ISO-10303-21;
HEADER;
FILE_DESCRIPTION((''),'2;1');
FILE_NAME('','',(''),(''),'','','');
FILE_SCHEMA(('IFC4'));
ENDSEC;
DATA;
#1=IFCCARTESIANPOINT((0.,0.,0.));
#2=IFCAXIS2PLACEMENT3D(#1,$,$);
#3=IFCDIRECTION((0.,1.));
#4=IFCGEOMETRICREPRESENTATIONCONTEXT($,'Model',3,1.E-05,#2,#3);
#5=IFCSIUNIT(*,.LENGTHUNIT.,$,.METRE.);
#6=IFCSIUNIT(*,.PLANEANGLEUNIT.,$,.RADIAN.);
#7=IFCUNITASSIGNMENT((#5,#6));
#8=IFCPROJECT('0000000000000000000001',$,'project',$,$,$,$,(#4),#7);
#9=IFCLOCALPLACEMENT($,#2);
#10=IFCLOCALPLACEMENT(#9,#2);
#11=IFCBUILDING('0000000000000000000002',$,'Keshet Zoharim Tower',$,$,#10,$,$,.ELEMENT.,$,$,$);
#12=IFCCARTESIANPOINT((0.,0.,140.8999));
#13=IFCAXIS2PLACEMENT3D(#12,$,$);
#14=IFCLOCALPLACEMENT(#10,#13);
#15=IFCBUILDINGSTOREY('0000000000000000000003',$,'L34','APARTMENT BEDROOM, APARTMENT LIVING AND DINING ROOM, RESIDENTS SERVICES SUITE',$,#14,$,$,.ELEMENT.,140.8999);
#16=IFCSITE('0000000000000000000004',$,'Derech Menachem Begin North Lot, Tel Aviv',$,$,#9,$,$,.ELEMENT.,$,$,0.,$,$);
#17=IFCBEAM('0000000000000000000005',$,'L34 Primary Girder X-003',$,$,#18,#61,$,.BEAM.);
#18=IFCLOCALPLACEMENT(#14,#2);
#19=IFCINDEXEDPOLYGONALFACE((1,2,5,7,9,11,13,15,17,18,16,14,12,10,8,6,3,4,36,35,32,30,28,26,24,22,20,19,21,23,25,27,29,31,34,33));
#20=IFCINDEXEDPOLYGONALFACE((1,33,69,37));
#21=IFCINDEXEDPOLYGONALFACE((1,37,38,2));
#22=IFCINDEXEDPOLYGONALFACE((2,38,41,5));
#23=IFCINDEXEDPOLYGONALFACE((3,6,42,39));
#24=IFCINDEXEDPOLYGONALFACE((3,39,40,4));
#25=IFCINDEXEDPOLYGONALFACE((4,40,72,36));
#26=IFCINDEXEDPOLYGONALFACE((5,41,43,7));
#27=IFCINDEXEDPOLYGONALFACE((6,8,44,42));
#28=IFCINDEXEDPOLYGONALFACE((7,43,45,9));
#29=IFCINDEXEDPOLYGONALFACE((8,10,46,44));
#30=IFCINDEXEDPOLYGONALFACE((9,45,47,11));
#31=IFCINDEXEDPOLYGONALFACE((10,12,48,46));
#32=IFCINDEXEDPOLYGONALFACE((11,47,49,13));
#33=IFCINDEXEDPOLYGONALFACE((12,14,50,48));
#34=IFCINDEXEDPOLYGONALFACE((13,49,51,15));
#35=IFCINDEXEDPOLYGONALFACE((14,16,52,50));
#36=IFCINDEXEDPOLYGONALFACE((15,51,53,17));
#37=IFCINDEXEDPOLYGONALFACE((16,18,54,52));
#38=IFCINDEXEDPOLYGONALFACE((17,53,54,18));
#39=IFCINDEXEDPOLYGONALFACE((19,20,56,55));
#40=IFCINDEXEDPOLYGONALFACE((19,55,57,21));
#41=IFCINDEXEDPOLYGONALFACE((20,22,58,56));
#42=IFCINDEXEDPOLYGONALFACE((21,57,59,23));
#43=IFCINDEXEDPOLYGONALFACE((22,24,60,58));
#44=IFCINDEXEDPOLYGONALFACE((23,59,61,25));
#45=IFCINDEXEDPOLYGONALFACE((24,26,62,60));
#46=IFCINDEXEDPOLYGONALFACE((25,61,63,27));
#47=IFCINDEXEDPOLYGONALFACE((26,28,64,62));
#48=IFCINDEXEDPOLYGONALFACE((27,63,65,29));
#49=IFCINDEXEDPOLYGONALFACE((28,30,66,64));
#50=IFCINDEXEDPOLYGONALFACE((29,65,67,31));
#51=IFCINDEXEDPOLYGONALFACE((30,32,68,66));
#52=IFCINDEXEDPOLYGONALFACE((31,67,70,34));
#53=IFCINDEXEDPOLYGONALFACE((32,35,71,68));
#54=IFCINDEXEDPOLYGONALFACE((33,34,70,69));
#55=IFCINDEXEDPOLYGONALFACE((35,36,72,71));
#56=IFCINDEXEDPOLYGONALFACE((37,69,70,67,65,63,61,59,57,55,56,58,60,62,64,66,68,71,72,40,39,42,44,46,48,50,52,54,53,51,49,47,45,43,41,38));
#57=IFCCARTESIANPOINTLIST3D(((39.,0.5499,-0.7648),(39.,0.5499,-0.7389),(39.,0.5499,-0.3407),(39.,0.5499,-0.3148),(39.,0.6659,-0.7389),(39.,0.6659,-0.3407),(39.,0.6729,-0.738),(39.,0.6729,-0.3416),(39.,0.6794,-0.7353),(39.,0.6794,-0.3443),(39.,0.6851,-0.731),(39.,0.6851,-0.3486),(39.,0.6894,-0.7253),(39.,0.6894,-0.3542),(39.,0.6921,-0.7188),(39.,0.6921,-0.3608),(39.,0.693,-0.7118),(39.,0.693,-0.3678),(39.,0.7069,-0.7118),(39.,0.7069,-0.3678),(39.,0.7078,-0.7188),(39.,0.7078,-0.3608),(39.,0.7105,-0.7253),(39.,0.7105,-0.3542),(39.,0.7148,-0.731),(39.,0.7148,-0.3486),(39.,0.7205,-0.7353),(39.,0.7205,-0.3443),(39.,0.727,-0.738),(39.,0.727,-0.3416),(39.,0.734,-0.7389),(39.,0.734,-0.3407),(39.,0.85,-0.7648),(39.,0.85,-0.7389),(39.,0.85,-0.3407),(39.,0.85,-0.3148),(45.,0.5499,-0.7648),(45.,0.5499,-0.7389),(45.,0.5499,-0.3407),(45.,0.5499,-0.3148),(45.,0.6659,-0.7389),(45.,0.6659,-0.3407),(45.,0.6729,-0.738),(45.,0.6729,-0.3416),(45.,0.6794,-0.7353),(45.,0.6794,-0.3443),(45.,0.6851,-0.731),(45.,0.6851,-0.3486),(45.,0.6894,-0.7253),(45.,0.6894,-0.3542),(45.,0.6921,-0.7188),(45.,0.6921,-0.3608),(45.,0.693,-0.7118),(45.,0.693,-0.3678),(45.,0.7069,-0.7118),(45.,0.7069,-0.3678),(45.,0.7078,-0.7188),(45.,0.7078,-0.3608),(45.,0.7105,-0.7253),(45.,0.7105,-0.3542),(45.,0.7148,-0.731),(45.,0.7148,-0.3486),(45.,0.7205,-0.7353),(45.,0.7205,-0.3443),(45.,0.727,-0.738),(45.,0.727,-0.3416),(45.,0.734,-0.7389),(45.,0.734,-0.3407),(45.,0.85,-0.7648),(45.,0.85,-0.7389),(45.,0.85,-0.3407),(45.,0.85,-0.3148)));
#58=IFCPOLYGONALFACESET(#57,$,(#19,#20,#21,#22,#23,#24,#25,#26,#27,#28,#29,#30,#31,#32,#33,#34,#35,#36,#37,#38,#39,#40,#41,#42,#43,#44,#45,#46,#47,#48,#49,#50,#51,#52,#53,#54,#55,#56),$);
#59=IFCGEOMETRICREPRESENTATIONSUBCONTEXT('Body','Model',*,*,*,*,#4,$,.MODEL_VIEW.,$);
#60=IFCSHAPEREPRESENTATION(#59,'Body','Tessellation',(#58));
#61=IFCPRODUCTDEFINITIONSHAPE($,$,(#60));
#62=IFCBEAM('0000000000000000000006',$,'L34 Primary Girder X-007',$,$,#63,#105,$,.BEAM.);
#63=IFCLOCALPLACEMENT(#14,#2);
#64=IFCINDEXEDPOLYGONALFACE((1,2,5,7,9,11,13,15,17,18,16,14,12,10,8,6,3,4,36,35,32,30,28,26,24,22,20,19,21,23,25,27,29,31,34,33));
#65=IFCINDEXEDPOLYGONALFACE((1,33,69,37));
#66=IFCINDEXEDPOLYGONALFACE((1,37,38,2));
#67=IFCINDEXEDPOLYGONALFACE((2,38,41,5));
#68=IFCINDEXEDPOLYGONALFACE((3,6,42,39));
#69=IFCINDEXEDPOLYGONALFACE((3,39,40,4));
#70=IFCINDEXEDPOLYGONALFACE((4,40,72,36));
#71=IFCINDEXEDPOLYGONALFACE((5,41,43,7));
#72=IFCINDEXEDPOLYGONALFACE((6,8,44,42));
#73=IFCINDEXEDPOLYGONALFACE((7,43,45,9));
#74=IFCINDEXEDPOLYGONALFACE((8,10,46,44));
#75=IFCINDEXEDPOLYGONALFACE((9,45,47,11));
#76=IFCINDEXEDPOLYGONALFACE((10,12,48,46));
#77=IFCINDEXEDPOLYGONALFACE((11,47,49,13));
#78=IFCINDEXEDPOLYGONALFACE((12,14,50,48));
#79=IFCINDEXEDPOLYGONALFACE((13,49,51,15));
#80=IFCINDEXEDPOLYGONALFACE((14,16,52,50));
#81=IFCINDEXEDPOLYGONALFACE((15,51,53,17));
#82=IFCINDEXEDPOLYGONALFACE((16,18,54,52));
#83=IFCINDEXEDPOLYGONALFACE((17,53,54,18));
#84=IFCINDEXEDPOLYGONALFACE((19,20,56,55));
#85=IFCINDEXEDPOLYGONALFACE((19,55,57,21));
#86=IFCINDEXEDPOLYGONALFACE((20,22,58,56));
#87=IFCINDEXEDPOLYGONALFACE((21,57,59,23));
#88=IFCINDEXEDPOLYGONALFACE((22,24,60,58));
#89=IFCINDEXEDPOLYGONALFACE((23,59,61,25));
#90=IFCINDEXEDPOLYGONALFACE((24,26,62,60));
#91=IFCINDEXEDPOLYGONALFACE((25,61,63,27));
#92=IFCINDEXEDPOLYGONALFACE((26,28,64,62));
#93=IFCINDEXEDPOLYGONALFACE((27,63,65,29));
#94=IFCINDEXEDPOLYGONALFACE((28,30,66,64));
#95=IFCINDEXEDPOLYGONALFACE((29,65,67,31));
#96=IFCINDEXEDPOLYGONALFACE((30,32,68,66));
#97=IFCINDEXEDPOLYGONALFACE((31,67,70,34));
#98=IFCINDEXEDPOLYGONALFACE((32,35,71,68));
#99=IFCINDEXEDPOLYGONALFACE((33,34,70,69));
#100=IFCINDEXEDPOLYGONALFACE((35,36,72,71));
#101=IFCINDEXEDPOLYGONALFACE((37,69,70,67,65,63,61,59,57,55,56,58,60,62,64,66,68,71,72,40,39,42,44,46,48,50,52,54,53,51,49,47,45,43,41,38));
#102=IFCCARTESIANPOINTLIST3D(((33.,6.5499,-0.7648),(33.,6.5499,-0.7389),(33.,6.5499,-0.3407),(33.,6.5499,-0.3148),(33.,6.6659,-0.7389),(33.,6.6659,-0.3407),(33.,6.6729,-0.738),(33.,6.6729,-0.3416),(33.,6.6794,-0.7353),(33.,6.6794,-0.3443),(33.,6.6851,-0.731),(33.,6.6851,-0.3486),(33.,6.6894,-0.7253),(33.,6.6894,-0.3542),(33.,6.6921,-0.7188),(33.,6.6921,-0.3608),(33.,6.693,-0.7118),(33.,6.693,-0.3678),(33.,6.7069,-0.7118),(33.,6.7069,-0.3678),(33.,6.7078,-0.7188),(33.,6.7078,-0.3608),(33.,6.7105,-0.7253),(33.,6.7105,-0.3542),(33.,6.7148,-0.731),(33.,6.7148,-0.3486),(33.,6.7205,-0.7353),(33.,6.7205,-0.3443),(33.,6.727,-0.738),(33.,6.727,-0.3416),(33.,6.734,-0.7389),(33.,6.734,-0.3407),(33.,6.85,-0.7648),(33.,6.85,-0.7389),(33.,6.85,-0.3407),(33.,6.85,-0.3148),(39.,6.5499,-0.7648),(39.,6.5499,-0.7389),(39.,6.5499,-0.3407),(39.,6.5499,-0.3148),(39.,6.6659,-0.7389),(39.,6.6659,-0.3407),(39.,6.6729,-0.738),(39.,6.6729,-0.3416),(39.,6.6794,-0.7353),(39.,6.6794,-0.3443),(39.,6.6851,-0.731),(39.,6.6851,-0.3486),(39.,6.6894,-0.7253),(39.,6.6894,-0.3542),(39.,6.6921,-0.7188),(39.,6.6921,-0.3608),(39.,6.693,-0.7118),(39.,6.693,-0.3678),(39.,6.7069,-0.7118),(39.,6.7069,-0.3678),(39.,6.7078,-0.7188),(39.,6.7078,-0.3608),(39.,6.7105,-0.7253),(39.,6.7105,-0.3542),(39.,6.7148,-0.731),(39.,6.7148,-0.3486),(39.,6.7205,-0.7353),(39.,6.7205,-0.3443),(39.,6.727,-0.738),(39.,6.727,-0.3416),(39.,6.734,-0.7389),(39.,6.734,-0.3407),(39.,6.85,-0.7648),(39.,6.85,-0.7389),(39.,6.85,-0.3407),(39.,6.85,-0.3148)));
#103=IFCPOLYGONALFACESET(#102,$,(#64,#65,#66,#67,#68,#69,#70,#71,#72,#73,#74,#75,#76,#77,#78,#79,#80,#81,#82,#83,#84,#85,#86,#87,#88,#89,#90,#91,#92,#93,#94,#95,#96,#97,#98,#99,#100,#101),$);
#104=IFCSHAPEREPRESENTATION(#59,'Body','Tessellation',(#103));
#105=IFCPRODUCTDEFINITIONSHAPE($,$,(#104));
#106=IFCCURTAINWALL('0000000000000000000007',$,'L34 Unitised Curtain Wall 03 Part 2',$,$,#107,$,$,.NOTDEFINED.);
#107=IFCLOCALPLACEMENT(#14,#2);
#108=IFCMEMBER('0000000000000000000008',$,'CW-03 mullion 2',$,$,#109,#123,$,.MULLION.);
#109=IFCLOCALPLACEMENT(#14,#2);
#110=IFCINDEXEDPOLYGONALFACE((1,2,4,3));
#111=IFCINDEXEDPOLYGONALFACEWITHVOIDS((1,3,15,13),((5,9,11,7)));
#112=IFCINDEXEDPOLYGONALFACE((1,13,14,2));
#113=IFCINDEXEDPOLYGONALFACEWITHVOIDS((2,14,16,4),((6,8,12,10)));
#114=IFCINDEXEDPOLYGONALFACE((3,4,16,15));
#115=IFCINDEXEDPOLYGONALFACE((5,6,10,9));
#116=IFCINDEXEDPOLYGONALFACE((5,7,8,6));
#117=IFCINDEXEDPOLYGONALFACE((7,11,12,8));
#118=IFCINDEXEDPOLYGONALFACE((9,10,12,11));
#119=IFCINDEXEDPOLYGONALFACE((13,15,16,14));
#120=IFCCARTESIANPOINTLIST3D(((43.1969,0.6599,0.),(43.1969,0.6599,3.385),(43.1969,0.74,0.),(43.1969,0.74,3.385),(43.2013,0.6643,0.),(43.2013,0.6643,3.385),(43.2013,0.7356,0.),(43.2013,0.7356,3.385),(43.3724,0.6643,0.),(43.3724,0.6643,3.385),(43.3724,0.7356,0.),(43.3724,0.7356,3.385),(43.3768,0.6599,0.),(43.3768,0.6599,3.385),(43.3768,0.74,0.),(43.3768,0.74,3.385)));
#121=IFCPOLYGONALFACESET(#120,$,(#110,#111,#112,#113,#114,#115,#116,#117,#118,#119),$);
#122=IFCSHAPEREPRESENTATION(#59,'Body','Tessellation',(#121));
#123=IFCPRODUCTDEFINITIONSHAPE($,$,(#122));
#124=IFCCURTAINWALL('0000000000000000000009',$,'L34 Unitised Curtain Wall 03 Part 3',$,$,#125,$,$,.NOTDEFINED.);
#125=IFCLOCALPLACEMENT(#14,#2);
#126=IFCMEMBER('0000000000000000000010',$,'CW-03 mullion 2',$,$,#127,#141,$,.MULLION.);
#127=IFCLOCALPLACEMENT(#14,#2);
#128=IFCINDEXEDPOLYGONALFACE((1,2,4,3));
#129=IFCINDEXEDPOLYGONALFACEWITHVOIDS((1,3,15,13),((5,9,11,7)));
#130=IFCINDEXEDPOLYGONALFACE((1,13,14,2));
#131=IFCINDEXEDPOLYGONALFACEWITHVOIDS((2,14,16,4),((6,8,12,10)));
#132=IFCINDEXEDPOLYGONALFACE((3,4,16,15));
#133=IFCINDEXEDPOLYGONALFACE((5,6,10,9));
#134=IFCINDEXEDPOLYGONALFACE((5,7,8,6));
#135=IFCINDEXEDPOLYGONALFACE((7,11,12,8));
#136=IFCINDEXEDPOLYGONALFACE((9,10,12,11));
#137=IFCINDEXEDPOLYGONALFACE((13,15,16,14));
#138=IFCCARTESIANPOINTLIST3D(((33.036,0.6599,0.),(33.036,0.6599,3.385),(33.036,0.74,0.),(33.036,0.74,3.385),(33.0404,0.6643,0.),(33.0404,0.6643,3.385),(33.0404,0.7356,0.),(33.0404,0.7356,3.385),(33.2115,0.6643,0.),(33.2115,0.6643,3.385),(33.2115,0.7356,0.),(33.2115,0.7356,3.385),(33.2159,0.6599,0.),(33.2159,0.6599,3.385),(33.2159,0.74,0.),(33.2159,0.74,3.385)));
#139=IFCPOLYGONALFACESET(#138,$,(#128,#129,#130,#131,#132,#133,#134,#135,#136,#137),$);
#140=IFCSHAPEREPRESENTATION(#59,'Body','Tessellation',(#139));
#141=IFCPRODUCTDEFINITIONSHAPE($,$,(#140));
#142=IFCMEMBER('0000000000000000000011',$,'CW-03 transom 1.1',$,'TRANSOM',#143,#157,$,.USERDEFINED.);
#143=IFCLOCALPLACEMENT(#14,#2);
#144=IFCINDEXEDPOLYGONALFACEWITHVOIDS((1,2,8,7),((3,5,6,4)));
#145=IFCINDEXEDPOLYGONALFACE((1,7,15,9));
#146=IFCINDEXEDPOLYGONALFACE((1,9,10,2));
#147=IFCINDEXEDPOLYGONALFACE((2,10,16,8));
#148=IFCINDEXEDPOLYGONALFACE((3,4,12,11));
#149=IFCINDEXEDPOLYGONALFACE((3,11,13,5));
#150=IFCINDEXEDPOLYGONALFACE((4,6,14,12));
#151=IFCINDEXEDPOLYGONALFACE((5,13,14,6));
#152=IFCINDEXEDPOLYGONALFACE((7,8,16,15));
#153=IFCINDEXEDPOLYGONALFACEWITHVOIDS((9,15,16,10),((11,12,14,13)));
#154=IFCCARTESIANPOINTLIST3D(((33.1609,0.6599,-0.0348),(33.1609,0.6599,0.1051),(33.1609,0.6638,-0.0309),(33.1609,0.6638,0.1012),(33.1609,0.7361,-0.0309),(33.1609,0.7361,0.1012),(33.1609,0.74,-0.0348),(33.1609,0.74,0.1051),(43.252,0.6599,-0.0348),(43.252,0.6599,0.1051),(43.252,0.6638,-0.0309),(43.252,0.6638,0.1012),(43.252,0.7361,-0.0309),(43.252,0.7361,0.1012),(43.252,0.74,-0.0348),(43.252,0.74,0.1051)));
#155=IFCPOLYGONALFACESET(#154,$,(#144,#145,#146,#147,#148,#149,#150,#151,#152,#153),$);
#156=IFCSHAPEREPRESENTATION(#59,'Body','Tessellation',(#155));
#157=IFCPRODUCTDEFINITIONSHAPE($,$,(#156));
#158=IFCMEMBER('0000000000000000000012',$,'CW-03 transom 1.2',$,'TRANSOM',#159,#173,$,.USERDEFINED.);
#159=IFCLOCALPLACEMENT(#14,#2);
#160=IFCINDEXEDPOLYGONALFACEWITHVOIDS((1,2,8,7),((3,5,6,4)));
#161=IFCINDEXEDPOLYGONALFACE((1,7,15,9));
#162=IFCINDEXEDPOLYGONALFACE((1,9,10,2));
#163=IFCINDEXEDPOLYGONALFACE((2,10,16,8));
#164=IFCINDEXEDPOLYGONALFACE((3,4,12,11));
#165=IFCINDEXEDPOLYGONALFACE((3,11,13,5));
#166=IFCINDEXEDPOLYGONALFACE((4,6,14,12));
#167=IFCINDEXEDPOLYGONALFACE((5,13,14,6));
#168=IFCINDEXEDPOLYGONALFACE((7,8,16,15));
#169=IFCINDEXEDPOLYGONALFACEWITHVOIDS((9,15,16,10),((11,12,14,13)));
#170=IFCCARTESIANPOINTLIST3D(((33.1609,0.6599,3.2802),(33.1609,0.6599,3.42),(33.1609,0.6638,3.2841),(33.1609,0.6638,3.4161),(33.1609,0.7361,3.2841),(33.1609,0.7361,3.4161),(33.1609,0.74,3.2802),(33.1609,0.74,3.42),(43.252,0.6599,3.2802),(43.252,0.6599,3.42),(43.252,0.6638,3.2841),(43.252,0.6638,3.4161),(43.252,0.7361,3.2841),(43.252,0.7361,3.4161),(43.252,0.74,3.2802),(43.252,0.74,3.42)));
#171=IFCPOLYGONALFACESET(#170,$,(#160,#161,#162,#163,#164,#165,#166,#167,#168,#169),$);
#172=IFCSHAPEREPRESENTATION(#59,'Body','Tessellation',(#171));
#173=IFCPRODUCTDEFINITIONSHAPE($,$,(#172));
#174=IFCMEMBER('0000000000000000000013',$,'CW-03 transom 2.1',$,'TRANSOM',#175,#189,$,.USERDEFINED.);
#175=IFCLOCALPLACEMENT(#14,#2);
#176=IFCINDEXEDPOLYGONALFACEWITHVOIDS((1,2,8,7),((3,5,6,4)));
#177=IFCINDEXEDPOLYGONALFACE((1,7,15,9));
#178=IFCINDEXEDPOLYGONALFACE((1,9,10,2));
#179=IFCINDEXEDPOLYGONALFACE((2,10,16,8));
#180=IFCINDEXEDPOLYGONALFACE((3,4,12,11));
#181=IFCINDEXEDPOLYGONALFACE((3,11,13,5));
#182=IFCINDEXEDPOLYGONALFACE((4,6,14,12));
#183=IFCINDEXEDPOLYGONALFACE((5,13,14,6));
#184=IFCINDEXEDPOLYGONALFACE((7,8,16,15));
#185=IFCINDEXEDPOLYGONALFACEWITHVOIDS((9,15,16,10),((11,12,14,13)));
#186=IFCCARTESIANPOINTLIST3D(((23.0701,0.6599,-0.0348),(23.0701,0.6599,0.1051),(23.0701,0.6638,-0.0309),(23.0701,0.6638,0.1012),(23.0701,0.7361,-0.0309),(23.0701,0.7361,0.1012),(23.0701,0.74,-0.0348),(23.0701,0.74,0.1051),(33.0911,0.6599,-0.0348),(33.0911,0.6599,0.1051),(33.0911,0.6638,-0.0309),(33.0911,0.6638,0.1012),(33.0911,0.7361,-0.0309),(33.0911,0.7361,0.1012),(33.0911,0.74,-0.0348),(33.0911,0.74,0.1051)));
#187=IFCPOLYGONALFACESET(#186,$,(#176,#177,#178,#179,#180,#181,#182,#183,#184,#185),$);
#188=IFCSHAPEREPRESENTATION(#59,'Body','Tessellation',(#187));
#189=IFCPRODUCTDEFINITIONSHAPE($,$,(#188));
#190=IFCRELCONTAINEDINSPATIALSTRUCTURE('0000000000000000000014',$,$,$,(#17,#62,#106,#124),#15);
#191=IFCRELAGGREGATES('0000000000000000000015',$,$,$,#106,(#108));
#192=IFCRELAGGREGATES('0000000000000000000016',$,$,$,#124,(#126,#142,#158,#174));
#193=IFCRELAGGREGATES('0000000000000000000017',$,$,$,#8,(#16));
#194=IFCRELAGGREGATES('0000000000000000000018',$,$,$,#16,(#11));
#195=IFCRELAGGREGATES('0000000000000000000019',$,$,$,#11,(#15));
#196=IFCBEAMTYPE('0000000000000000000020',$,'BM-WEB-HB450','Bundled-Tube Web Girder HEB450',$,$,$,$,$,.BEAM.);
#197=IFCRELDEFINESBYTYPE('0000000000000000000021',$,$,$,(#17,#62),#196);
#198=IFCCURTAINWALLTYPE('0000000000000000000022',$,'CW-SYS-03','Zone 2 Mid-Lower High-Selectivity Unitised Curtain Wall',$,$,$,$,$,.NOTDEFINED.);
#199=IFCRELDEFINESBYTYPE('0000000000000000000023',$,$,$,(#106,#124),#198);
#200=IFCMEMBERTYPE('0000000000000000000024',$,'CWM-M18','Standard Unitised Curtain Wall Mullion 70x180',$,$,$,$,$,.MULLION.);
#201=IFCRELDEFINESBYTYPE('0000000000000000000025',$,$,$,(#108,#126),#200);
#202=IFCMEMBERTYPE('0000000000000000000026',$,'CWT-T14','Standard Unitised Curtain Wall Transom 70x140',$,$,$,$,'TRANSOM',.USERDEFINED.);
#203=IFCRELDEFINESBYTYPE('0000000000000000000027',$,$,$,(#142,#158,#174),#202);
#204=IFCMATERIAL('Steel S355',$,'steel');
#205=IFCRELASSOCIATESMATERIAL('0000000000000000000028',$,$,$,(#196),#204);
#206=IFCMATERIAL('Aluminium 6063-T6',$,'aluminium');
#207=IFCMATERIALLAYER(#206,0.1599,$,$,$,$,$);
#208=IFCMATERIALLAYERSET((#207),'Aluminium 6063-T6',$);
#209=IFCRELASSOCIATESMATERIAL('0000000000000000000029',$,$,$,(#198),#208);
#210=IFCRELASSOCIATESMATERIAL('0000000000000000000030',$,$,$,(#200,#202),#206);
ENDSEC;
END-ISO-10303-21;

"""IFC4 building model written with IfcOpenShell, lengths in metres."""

from ifc_helpers import new_model, si_unit, direction, frame, origin, origin_2d, place, context, subcontext, project, spatial, hollow_rectangle, i_section, extrude, material, layer, layer_set, material_profile, profile_set, type_object, element, aggregate, save


model = new_model("IFC4")

# Units and contexts
model_context = context("Model", 3, precision=1e-05, world=origin(), true_north=direction((0.0, 1.0)))
body_context = subcontext(model_context, "Body", "Model", "MODEL_VIEW")
ifc_project = project(units=[si_unit("LENGTHUNIT", "METRE"), si_unit("PLANEANGLEUNIT", "RADIAN")], contexts=[model_context])

# Site, building, storey
site_placement = place(None, origin())
site = spatial("IfcSite", under=ifc_project, at=site_placement, Name="Derech Menachem Begin North Lot, Tel Aviv", CompositionType="ELEMENT", RefElevation=0.0)
building_placement = place(site_placement, origin())
building = spatial("IfcBuilding", under=site, at=building_placement, Name="Keshet Zoharim Tower", CompositionType="ELEMENT")
storey_placement = place(building_placement, frame((0.0, 0.0, 140.8999)))
storey = spatial("IfcBuildingStorey", under=building, at=storey_placement, Name="L34", Description="APARTMENT BEDROOM, APARTMENT LIVING AND DINING ROOM, RESIDENTS SERVICES SUITE", CompositionType="ELEMENT", Elevation=140.8999)

# Shared definitions
ifc_material_1 = material(Name="Steel S355", Category="steel")

# Beams
ifc_material_profile_1 = material_profile(ifc_material_1, i_section(OverallWidth=0.3, OverallDepth=0.45, WebThickness=0.0139, FlangeThickness=0.0259, FilletRadius=0.0271, at=origin_2d()), Name="HEB450")
ifc_profile_set_1 = profile_set([ifc_material_profile_1], Name="Steel S355")
beam_type_1 = type_object("IfcBeamType", Name="BM-WEB-HB450", Description="Bundled-Tube Web Girder HEB450", PredefinedType="BEAM", material=ifc_profile_set_1)
for number, where, z_axis, x_axis, name in (
    (1, (39.0, 0.7, -0.5398), (1.0, 0.0, 0.0), (0.0, 1.0, 0.0), "L34 Primary Girder X-003"),
    (2, (33.0, 6.7, -0.5398), (1.0, 0.0, 0.0), (0.0, 1.0, 0.0), "L34 Primary Girder X-007"),
):
    element("IfcBeam", number, at=place(storey_placement, frame(where, z_axis=z_axis, x_axis=x_axis)), inside=storey, type_object=beam_type_1, Name=name, PredefinedType="BEAM", context=body_context, shape_type="SweptSolid", body=[
        extrude(i_section(OverallWidth=0.3, OverallDepth=0.45, WebThickness=0.0139, FlangeThickness=0.0259, FilletRadius=0.0271, at=origin_2d()), origin(), (0.0, 0.0, 1.0), 6.0),
    ])

# Curtain wall, member
ifc_material_2 = material(Name="Aluminium 6063-T6", Category="aluminium")
ifc_layer_1 = layer(ifc_material_2, 0.1599)
ifc_layer_set_1 = layer_set([ifc_layer_1], Name="Aluminium 6063-T6")
curtain_wall_type = type_object("IfcCurtainWallType", Name="CW-SYS-03", Description="Zone 2 Mid-Lower High-Selectivity Unitised Curtain Wall", PredefinedType="NOTDEFINED", material=ifc_layer_set_1)
curtain_wall_1_placement = place(storey_placement, origin())
curtain_wall_1 = element("IfcCurtainWall", 3, at=curtain_wall_1_placement, inside=storey, type_object=curtain_wall_type, Name="L34 Unitised Curtain Wall 03 Part 2", PredefinedType="NOTDEFINED")
ifc_material_profile_2 = material_profile(ifc_material_2, hollow_rectangle(XDim=0.0801, YDim=0.1799, WallThickness=0.0044, at=origin_2d()), Name="MUL-80x180")
ifc_profile_set_2 = profile_set([ifc_material_profile_2], Name="Aluminium 6063-T6")
member_type_1 = type_object("IfcMemberType", Name="CWM-M18", Description="Standard Unitised Curtain Wall Mullion 70x180", PredefinedType="MULLION", material=ifc_profile_set_2)
member_1_placement = place(storey_placement, frame((43.2869, 0.7, 0.0), z_axis=(0.0, 0.0, 1.0), x_axis=(0.0, -1.0, 0.0)))
member_1 = element("IfcMember", 4, at=member_1_placement, type_object=member_type_1, Name="CW-03 mullion 2", PredefinedType="MULLION", context=body_context, shape_type="SweptSolid", body=[
    extrude(hollow_rectangle(XDim=0.0801, YDim=0.1799, WallThickness=0.0044, at=origin_2d()), origin(), (0.0, 0.0, 1.0), 3.385),
])
aggregate(curtain_wall_1, [member_1])

# Curtain wall, members
curtain_wall_2_placement = place(storey_placement, origin())
curtain_wall_2 = element("IfcCurtainWall", 5, at=curtain_wall_2_placement, inside=storey, type_object=curtain_wall_type, Name="L34 Unitised Curtain Wall 03 Part 3", PredefinedType="NOTDEFINED")
member_2_placement = place(storey_placement, frame((33.126, 0.7, 0.0), z_axis=(0.0, 0.0, 1.0), x_axis=(0.0, -1.0, 0.0)))
member_2 = element("IfcMember", 6, at=member_2_placement, type_object=member_type_1, Name="CW-03 mullion 2", PredefinedType="MULLION", context=body_context, shape_type="SweptSolid", body=[
    extrude(hollow_rectangle(XDim=0.0801, YDim=0.1799, WallThickness=0.0044, at=origin_2d()), origin(), (0.0, 0.0, 1.0), 3.385),
])
ifc_material_profile_3 = material_profile(ifc_material_2, hollow_rectangle(XDim=0.0801, YDim=0.1399, WallThickness=0.0039, at=origin_2d()), Name="TRN-80x140")
ifc_profile_set_3 = profile_set([ifc_material_profile_3], Name="Aluminium 6063-T6")
member_type_2 = type_object("IfcMemberType", Name="CWT-T14", Description="Standard Unitised Curtain Wall Transom 70x140", ElementType="TRANSOM", PredefinedType="USERDEFINED", material=ifc_profile_set_3)
member_3_placement = place(storey_placement, frame((43.252, 0.7, 0.0352), z_axis=(-1.0, 0.0, 0.0), x_axis=(0.0, -1.0, 0.0)))
member_3 = element("IfcMember", 7, at=member_3_placement, type_object=member_type_2, Name="CW-03 transom 1.1", ObjectType="TRANSOM", PredefinedType="USERDEFINED", context=body_context, shape_type="SweptSolid", body=[
    extrude(hollow_rectangle(XDim=0.0801, YDim=0.1399, WallThickness=0.0039, at=origin_2d()), origin(), (0.0, 0.0, 1.0), 10.0911),
])
member_4_placement = place(storey_placement, frame((43.252, 0.7, 3.3501), z_axis=(-1.0, 0.0, 0.0), x_axis=(0.0, -1.0, 0.0)))
member_4 = element("IfcMember", 8, at=member_4_placement, type_object=member_type_2, Name="CW-03 transom 1.2", ObjectType="TRANSOM", PredefinedType="USERDEFINED", context=body_context, shape_type="SweptSolid", body=[
    extrude(hollow_rectangle(XDim=0.0801, YDim=0.1399, WallThickness=0.0039, at=origin_2d()), origin(), (0.0, 0.0, 1.0), 10.0911),
])
member_5_placement = place(storey_placement, frame((33.0911, 0.7, 0.0352), z_axis=(-1.0, 0.0, 0.0), x_axis=(0.0, -1.0, 0.0)))
member_5 = element("IfcMember", 9, at=member_5_placement, type_object=member_type_2, Name="CW-03 transom 2.1", ObjectType="TRANSOM", PredefinedType="USERDEFINED", context=body_context, shape_type="SweptSolid", body=[
    extrude(hollow_rectangle(XDim=0.0801, YDim=0.1399, WallThickness=0.0039, at=origin_2d()), origin(), (0.0, 0.0, 1.0), 10.021),
])
aggregate(curtain_wall_2, [member_2, member_3, member_4, member_5])

save(model, "model.ifc")
